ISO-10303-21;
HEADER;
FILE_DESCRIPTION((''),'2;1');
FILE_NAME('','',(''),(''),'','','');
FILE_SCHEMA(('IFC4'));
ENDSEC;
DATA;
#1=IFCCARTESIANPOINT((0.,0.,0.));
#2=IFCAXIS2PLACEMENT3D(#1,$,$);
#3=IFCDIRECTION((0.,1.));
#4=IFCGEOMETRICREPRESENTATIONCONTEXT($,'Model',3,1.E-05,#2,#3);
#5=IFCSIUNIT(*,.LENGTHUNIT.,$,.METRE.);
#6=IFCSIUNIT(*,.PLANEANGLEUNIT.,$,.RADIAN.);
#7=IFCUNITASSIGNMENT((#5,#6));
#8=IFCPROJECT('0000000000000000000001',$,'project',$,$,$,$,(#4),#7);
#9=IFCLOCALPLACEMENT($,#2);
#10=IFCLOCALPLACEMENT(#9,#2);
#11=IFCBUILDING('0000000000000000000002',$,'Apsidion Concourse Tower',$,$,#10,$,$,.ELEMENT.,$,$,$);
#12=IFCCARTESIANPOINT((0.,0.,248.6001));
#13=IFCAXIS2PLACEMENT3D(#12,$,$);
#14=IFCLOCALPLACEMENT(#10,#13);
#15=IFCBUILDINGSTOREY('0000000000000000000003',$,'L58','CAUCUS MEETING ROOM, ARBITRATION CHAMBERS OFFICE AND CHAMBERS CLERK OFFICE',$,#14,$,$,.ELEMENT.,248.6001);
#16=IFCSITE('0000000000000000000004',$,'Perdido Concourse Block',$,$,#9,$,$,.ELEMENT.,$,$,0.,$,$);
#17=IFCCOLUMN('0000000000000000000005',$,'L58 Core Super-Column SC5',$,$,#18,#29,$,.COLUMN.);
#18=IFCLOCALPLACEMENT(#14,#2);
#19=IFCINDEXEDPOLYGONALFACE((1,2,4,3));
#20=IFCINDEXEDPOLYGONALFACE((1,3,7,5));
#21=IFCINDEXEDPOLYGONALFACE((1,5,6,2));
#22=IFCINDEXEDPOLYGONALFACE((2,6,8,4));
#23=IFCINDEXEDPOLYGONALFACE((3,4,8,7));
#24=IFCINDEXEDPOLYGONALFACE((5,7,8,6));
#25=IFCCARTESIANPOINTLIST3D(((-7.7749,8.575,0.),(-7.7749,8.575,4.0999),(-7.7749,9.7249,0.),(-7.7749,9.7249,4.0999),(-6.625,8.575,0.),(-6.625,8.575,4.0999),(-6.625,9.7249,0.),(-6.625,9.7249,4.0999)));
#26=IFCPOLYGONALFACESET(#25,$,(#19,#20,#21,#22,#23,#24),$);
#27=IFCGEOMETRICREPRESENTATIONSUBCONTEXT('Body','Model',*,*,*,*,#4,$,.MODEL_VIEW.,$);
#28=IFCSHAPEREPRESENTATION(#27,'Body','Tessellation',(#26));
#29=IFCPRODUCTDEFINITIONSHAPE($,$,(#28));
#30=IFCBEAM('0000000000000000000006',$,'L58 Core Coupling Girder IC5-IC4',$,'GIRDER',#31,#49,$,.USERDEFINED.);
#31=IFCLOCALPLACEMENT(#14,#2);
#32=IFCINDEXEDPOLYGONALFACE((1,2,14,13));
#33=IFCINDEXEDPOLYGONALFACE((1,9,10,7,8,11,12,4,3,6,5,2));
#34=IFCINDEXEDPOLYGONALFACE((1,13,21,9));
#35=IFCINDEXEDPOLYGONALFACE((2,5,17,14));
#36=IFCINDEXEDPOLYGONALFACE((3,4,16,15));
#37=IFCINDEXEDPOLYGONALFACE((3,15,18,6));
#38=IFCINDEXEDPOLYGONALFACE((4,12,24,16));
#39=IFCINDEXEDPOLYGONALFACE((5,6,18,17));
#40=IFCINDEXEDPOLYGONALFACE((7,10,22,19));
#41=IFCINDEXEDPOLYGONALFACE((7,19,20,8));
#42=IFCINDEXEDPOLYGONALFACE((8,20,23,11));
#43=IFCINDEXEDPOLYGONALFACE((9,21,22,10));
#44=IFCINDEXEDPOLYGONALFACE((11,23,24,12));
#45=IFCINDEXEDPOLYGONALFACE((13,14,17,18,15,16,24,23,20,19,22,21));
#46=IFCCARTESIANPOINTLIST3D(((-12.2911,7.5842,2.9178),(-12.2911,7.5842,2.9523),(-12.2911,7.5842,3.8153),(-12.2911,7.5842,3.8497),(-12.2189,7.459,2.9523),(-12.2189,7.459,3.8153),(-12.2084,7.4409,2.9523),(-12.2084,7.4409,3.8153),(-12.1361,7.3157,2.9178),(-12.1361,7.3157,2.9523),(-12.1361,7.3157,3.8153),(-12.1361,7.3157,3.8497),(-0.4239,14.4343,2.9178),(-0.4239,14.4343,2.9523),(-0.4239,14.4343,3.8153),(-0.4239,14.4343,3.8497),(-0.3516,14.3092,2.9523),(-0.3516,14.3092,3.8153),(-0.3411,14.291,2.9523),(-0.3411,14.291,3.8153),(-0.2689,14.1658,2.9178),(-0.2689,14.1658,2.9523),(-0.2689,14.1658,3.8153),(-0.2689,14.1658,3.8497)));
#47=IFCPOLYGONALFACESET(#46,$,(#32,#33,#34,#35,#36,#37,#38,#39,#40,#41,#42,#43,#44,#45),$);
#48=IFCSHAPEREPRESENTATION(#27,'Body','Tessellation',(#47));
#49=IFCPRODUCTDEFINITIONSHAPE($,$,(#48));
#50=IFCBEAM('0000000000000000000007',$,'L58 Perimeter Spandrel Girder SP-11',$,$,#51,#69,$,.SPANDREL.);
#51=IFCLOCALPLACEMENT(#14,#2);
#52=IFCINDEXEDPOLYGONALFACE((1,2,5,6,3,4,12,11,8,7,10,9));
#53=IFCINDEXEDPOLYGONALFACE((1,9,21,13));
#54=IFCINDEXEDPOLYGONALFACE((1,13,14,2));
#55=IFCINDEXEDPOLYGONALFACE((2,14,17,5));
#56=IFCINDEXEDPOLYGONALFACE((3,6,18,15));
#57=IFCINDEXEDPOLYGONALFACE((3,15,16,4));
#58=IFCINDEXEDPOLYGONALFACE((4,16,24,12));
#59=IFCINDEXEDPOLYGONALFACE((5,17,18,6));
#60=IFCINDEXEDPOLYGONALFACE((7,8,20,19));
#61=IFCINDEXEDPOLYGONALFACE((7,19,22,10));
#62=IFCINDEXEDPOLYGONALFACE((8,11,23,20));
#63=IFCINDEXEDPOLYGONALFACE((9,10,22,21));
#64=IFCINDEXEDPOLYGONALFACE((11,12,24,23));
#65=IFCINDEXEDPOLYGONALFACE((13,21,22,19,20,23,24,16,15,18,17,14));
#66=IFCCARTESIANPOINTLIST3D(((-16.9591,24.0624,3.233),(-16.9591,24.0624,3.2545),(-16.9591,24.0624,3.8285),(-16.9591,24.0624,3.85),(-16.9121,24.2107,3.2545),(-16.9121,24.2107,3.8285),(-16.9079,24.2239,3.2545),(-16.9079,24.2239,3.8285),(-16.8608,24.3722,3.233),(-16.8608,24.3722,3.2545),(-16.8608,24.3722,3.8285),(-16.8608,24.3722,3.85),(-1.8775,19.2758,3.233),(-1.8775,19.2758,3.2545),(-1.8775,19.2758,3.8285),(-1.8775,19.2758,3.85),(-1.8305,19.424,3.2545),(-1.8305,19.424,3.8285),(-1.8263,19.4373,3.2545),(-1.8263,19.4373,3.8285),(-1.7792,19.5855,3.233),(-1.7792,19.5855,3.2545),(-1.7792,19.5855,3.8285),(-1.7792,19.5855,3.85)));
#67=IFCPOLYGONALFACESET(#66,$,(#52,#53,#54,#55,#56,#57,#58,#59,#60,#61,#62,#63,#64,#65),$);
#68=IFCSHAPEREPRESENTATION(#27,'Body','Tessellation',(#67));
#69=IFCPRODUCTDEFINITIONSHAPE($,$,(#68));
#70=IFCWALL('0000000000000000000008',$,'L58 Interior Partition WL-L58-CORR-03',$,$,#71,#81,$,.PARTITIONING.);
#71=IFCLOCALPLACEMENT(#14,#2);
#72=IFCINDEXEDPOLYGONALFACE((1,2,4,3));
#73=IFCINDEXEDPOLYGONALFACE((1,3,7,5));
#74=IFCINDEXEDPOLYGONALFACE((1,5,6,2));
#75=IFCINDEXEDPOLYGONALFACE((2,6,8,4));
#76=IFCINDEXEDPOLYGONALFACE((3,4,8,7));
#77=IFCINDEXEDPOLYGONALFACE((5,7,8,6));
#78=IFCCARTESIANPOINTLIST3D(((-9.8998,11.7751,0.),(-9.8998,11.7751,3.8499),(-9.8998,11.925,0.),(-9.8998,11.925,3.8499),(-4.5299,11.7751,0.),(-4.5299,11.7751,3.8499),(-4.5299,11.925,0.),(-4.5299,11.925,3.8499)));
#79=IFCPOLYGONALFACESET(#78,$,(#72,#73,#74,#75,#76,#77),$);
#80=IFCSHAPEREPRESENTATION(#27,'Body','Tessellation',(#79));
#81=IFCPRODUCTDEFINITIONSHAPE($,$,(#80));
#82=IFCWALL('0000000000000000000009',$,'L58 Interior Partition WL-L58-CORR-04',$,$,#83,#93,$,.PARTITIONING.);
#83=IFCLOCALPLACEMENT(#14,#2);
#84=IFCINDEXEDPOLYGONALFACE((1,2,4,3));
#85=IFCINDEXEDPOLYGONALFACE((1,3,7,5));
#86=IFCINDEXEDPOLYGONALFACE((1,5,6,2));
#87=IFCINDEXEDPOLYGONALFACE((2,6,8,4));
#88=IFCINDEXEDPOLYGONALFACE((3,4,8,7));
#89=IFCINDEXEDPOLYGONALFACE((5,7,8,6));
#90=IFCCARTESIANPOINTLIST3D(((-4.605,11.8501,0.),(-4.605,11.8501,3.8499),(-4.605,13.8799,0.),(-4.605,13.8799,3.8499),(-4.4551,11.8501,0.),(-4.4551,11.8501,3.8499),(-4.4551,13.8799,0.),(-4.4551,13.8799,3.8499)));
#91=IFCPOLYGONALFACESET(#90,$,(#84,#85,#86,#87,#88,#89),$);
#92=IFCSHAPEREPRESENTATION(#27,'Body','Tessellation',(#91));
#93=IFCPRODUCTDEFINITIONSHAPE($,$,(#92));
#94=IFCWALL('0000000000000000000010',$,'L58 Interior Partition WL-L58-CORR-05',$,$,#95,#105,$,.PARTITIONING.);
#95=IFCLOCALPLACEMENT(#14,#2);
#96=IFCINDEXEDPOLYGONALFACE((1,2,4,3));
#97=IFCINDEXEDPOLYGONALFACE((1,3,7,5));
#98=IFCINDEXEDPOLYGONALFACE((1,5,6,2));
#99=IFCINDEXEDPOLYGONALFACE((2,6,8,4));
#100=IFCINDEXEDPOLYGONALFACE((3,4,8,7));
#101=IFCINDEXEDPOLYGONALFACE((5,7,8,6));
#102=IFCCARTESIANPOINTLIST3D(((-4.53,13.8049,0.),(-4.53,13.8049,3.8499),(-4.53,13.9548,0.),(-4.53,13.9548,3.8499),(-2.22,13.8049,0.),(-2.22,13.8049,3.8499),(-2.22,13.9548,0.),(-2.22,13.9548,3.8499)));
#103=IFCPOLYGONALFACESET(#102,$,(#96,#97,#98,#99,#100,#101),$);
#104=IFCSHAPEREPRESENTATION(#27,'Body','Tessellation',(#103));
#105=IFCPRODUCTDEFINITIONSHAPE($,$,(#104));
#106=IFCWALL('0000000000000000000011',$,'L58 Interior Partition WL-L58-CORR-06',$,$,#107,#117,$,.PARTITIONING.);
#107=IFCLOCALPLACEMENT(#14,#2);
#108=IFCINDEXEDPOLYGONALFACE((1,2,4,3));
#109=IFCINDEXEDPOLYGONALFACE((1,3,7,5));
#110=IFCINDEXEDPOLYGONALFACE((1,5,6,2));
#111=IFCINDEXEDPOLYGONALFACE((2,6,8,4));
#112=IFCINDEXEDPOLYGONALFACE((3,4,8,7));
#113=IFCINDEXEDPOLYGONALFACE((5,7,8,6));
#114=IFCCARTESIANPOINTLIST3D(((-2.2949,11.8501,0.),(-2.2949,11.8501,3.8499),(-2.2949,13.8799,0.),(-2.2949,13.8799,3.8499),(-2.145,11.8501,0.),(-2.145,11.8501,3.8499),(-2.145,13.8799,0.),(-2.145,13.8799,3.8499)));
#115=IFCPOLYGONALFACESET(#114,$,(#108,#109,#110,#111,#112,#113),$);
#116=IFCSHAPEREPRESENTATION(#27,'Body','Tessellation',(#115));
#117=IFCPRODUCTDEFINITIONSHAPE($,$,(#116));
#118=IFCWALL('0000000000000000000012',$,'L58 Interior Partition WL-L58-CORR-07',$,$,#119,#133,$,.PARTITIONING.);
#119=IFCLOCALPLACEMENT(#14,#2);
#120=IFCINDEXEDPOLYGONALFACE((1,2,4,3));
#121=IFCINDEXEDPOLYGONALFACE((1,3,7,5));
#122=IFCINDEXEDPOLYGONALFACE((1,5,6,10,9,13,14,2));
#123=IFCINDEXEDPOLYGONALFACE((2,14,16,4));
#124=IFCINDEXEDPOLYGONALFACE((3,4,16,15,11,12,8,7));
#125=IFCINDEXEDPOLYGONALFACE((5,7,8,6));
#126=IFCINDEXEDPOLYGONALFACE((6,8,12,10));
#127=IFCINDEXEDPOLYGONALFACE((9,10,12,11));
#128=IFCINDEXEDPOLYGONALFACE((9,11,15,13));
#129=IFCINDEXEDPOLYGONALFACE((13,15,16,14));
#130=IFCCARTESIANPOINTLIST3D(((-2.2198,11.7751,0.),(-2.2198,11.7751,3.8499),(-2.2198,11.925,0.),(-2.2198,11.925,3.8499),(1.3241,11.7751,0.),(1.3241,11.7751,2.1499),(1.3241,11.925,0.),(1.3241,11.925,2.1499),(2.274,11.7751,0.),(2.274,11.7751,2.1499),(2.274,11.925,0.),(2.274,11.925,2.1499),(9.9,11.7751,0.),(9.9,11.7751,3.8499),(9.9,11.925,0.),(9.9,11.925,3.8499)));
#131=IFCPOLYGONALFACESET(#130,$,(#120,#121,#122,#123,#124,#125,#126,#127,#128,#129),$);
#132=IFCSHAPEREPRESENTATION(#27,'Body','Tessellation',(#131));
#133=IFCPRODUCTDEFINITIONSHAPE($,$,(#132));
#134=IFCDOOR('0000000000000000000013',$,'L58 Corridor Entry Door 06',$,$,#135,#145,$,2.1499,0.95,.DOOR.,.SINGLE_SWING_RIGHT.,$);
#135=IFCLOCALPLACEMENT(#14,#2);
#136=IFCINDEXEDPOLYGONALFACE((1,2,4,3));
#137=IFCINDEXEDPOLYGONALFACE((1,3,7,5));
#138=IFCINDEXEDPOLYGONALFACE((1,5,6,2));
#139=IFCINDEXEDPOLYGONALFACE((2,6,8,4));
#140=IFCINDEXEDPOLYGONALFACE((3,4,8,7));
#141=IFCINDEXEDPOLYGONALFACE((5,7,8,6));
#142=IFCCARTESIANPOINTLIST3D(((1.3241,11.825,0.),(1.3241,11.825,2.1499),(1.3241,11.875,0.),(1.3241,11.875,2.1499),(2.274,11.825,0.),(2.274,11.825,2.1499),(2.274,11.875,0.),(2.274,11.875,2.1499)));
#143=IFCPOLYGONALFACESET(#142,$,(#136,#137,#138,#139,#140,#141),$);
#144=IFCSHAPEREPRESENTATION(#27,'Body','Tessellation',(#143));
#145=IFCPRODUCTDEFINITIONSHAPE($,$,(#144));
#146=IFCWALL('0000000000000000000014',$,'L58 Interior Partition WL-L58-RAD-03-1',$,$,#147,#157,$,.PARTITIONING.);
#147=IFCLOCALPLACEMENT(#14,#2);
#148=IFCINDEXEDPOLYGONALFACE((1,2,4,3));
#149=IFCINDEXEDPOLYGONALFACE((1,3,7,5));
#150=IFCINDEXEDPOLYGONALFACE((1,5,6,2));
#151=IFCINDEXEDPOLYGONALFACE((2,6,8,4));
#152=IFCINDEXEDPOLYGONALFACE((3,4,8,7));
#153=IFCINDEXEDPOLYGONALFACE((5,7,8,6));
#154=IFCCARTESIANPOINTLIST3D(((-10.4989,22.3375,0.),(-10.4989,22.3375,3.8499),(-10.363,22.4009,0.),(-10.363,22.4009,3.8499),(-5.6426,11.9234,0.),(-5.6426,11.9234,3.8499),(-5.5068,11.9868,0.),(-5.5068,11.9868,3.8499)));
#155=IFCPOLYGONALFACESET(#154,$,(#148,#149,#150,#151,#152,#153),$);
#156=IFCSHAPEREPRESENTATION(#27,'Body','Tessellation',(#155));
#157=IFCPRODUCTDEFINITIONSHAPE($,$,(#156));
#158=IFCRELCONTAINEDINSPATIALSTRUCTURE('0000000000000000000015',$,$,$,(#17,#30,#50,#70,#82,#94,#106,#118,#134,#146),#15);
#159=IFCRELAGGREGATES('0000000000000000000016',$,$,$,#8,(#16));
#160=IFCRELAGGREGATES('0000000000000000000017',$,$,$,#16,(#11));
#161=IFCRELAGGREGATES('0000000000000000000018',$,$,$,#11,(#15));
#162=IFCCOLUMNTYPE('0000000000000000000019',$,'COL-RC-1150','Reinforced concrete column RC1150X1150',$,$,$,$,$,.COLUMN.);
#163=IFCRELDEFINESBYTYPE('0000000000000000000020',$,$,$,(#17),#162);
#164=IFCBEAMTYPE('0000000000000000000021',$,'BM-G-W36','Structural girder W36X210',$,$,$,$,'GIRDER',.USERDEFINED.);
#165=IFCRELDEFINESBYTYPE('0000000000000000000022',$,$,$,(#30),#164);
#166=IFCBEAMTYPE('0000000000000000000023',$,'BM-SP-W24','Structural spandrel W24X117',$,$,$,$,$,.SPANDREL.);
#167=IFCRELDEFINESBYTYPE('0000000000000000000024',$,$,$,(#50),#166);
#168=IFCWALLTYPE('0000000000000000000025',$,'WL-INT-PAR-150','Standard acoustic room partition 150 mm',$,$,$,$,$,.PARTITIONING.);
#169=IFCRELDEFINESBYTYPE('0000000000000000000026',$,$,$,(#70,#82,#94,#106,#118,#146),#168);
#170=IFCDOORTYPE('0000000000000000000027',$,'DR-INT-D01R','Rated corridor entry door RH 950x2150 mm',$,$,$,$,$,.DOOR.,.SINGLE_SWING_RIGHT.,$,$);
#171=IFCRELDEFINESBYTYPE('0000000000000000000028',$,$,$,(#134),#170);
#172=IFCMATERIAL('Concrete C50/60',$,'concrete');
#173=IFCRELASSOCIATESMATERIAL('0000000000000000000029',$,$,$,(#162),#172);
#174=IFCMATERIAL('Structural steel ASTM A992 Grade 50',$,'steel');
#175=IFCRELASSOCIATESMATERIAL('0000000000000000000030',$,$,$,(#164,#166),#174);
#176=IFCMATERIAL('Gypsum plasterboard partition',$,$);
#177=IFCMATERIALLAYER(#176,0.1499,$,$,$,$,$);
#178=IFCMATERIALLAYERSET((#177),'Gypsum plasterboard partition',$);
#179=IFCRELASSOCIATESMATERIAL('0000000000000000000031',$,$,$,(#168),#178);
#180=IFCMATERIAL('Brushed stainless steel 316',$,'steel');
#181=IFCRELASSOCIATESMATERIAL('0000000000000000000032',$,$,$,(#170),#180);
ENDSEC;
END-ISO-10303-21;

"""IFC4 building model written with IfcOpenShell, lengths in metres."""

from ifc_helpers import new_model, si_unit, direction, frame, frame_2d, origin, origin_2d, place, context, subcontext, project, spatial, rectangle, i_section, extrude, material, layer, layer_set, material_profile, profile_set, type_object, element, fill, save


model = new_model("IFC4")

# Units and contexts
model_context = context("Model", 3, precision=1e-05, world=origin(), true_north=direction((0.0, 1.0)))
body_context = subcontext(model_context, "Body", "Model", "MODEL_VIEW")
ifc_project = project(units=[si_unit("LENGTHUNIT", "METRE"), si_unit("PLANEANGLEUNIT", "RADIAN")], contexts=[model_context])

# Site, building, storey
site_placement = place(None, origin())
site = spatial("IfcSite", under=ifc_project, at=site_placement, Name="Perdido Concourse Block", CompositionType="ELEMENT", RefElevation=0.0)
building_placement = place(site_placement, origin())
building = spatial("IfcBuilding", under=site, at=building_placement, Name="Apsidion Concourse Tower", CompositionType="ELEMENT")
storey_placement = place(building_placement, frame((0.0, 0.0, 248.6001)))
storey = spatial("IfcBuildingStorey", under=building, at=storey_placement, Name="L58", Description="CAUCUS MEETING ROOM, ARBITRATION CHAMBERS OFFICE AND CHAMBERS CLERK OFFICE", CompositionType="ELEMENT", Elevation=248.6001)

# Column
ifc_material_1 = material(Name="Concrete C50/60", Category="concrete")
ifc_material_profile_1 = material_profile(ifc_material_1, rectangle(XDim=1.1499, YDim=1.1499, at=origin_2d()), Name="RC 1150x1150")
ifc_profile_set_1 = profile_set([ifc_material_profile_1], Name="Concrete C50/60")
column_type = type_object("IfcColumnType", Name="COL-RC-1150", Description="Reinforced concrete column RC1150X1150", PredefinedType="COLUMN", material=ifc_profile_set_1)
column_placement = place(storey_placement, frame((-7.2, 9.1499, 0.0), z_axis=(0.0, 0.0, 1.0), x_axis=(1.0, 0.0, 0.0)))
element("IfcColumn", 1, at=column_placement, inside=storey, type_object=column_type, Name="L58 Core Super-Column SC5", PredefinedType="COLUMN", context=body_context, shape_type="SweptSolid", body=[
    extrude(rectangle(XDim=1.1499, YDim=1.1499, at=origin_2d()), origin(), (0.0, 0.0, 1.0), 4.0999),
])

# Beams
ifc_material_2 = material(Name="Structural steel ASTM A992 Grade 50", Category="steel")
ifc_material_profile_2 = material_profile(ifc_material_2, i_section(OverallWidth=0.3101, OverallDepth=0.9319, WebThickness=0.021, FlangeThickness=0.0344, at=origin_2d()), Name="W36X210")
ifc_profile_set_2 = profile_set([ifc_material_profile_2], Name="Structural steel ASTM A992 Grade 50")
beam_type_1 = type_object("IfcBeamType", Name="BM-G-W36", Description="Structural girder W36X210", ElementType="GIRDER", PredefinedType="USERDEFINED", material=ifc_profile_set_2)
beam_1_placement = place(storey_placement, frame((-12.2136, 7.45, 3.3838), z_axis=(0.86607, 0.499922, 0.0), x_axis=(-0.499922, 0.86607, 0.0)))
element("IfcBeam", 2, at=beam_1_placement, inside=storey, type_object=beam_type_1, Name="L58 Core Coupling Girder IC5-IC4", ObjectType="GIRDER", PredefinedType="USERDEFINED", context=body_context, shape_type="SweptSolid", body=[
    extrude(i_section(OverallWidth=0.3101, OverallDepth=0.9319, WebThickness=0.021, FlangeThickness=0.0344, at=origin_2d()), origin(), (0.0, 0.0, 1.0), 13.7024),
])
ifc_material_profile_3 = material_profile(ifc_material_2, i_section(OverallWidth=0.325, OverallDepth=0.6169, WebThickness=0.0139, FlangeThickness=0.0215, at=origin_2d()), Name="W24X117")
ifc_profile_set_3 = profile_set([ifc_material_profile_3], Name="Structural steel ASTM A992 Grade 50")
beam_type_2 = type_object("IfcBeamType", Name="BM-SP-W24", Description="Structural spandrel W24X117", PredefinedType="SPANDREL", material=ifc_profile_set_3)
beam_2_placement = place(storey_placement, frame((-1.8284, 19.4307, 3.5415), z_axis=(-0.953146, 0.302512, 0.0), x_axis=(-0.302512, -0.953146, 0.0)))
element("IfcBeam", 3, at=beam_2_placement, inside=storey, type_object=beam_type_2, Name="L58 Perimeter Spandrel Girder SP-11", PredefinedType="SPANDREL", context=body_context, shape_type="SweptSolid", body=[
    extrude(i_section(OverallWidth=0.325, OverallDepth=0.6169, WebThickness=0.0139, FlangeThickness=0.0215, at=origin_2d()), origin(), (0.0, 0.0, 1.0), 15.823),
])

# Walls
ifc_material_3 = material(Name="Gypsum plasterboard partition")
ifc_layer_1 = layer(ifc_material_3, 0.1499)
ifc_layer_set_1 = layer_set([ifc_layer_1], Name="Gypsum plasterboard partition")
wall_type_1 = type_object("IfcWallType", Name="WL-INT-PAR-150", Description="Standard acoustic room partition 150 mm", PredefinedType="PARTITIONING", material=ifc_layer_set_1)
wall_1_placement = place(storey_placement, frame((-9.8999, 11.8501, 0.0), z_axis=(0.0, 0.0, 1.0), x_axis=(1.0, 0.0, 0.0)))
element("IfcWall", 4, at=wall_1_placement, inside=storey, type_object=wall_type_1, Name="L58 Interior Partition WL-L58-CORR-03", PredefinedType="PARTITIONING", context=body_context, shape_type="SweptSolid", body=[
    extrude(rectangle(XDim=5.3699, YDim=0.1499, at=frame_2d((2.6851, 0.0))), origin(), (0.0, 0.0, 1.0), 3.8499),
])
wall_2_placement = place(storey_placement, frame((-4.53, 11.8501, 0.0), z_axis=(0.0, 0.0, 1.0), x_axis=(0.0, 1.0, 0.0)))
element("IfcWall", 5, at=wall_2_placement, inside=storey, type_object=wall_type_1, Name="L58 Interior Partition WL-L58-CORR-04", PredefinedType="PARTITIONING", context=body_context, shape_type="SweptSolid", body=[
    extrude(rectangle(XDim=2.0298, YDim=0.1499, at=frame_2d((1.0149, 0.0))), origin(), (0.0, 0.0, 1.0), 3.8499),
])
wall_3_placement = place(storey_placement, frame((-4.53, 13.8799, 0.0), z_axis=(0.0, 0.0, 1.0), x_axis=(1.0, 0.0, 0.0)))
element("IfcWall", 6, at=wall_3_placement, inside=storey, type_object=wall_type_1, Name="L58 Interior Partition WL-L58-CORR-05", PredefinedType="PARTITIONING", context=body_context, shape_type="SweptSolid", body=[
    extrude(rectangle(XDim=2.3101, YDim=0.1499, at=frame_2d((1.155, 0.0))), origin(), (0.0, 0.0, 1.0), 3.8499),
])
wall_4_placement = place(storey_placement, frame((-2.22, 13.8799, 0.0), z_axis=(0.0, 0.0, 1.0), x_axis=(0.0, -1.0, 0.0)))
element("IfcWall", 7, at=wall_4_placement, inside=storey, type_object=wall_type_1, Name="L58 Interior Partition WL-L58-CORR-06", PredefinedType="PARTITIONING", context=body_context, shape_type="SweptSolid", body=[
    extrude(rectangle(XDim=2.0298, YDim=0.1499, at=frame_2d((1.0149, 0.0))), origin(), (0.0, 0.0, 1.0), 3.8499),
])

# Wall, opening, door
wall_5_placement = place(storey_placement, frame((-2.22, 11.8501, 0.0), z_axis=(0.0, 0.0, 1.0), x_axis=(1.0, 0.0, 0.0)))
wall_5 = element("IfcWall", 8, at=wall_5_placement, inside=storey, type_object=wall_type_1, Name="L58 Interior Partition WL-L58-CORR-07", PredefinedType="PARTITIONING", context=body_context, shape_type="SweptSolid", body=[
    extrude(rectangle(XDim=12.1199, YDim=0.1499, at=frame_2d((6.0601, 0.0))), origin(), (0.0, 0.0, 1.0), 3.8499),
])
opening_1_placement = place(wall_5_placement, frame((3.5439, 0.0, 0.0)))
opening_1 = element("IfcOpeningElement", 9, at=opening_1_placement, cuts=wall_5, PredefinedType="OPENING", context=body_context, shape_type="SweptSolid", body=[
    extrude(rectangle(XDim=0.95, YDim=2.1499, at=frame_2d((0.4751, 1.075))), frame((0.0, 0.085, 0.0), z_axis=(0.0, -1.0, 0.0), x_axis=(1.0, 0.0, 0.0)), (0.0, 0.0, 1.0), 0.1699),
])
ifc_material_4 = material(Name="Brushed stainless steel 316", Category="steel")
door_type_1 = type_object("IfcDoorType", Name="DR-INT-D01R", Description="Rated corridor entry door RH 950x2150 mm", OperationType="SINGLE_SWING_RIGHT", PredefinedType="DOOR", material=ifc_material_4)
door_1_placement = place(opening_1_placement, origin())
door_1 = element("IfcDoor", 10, at=door_1_placement, inside=storey, type_object=door_type_1, Name="L58 Corridor Entry Door 06", OperationType="SINGLE_SWING_RIGHT", OverallHeight=2.1499, OverallWidth=0.95, PredefinedType="DOOR", context=body_context, shape_type="SweptSolid", body=[
    extrude(rectangle(XDim=0.95, YDim=2.1499, at=frame_2d((0.4751, 1.075))), frame((0.0, 0.0249, 0.0), z_axis=(0.0, -1.0, 0.0), x_axis=(1.0, 0.0, 0.0)), (0.0, 0.0, 1.0), 0.05),
])
fill(opening_1, door_1)

# Wall
wall_6_placement = place(storey_placement, frame((-5.5747, 11.9551, 0.0), z_axis=(0.0, 0.0, 1.0), x_axis=(-0.422621, 0.906306, 0.0)))
element("IfcWall", 11, at=wall_6_placement, inside=storey, type_object=wall_type_1, Name="L58 Interior Partition WL-L58-RAD-03-1", PredefinedType="PARTITIONING", context=body_context, shape_type="SweptSolid", body=[
    extrude(rectangle(XDim=11.4907, YDim=0.1499, at=frame_2d((5.7454, 0.0))), origin(), (0.0, 0.0, 1.0), 3.8499),
])

save(model, "model.ifc")
